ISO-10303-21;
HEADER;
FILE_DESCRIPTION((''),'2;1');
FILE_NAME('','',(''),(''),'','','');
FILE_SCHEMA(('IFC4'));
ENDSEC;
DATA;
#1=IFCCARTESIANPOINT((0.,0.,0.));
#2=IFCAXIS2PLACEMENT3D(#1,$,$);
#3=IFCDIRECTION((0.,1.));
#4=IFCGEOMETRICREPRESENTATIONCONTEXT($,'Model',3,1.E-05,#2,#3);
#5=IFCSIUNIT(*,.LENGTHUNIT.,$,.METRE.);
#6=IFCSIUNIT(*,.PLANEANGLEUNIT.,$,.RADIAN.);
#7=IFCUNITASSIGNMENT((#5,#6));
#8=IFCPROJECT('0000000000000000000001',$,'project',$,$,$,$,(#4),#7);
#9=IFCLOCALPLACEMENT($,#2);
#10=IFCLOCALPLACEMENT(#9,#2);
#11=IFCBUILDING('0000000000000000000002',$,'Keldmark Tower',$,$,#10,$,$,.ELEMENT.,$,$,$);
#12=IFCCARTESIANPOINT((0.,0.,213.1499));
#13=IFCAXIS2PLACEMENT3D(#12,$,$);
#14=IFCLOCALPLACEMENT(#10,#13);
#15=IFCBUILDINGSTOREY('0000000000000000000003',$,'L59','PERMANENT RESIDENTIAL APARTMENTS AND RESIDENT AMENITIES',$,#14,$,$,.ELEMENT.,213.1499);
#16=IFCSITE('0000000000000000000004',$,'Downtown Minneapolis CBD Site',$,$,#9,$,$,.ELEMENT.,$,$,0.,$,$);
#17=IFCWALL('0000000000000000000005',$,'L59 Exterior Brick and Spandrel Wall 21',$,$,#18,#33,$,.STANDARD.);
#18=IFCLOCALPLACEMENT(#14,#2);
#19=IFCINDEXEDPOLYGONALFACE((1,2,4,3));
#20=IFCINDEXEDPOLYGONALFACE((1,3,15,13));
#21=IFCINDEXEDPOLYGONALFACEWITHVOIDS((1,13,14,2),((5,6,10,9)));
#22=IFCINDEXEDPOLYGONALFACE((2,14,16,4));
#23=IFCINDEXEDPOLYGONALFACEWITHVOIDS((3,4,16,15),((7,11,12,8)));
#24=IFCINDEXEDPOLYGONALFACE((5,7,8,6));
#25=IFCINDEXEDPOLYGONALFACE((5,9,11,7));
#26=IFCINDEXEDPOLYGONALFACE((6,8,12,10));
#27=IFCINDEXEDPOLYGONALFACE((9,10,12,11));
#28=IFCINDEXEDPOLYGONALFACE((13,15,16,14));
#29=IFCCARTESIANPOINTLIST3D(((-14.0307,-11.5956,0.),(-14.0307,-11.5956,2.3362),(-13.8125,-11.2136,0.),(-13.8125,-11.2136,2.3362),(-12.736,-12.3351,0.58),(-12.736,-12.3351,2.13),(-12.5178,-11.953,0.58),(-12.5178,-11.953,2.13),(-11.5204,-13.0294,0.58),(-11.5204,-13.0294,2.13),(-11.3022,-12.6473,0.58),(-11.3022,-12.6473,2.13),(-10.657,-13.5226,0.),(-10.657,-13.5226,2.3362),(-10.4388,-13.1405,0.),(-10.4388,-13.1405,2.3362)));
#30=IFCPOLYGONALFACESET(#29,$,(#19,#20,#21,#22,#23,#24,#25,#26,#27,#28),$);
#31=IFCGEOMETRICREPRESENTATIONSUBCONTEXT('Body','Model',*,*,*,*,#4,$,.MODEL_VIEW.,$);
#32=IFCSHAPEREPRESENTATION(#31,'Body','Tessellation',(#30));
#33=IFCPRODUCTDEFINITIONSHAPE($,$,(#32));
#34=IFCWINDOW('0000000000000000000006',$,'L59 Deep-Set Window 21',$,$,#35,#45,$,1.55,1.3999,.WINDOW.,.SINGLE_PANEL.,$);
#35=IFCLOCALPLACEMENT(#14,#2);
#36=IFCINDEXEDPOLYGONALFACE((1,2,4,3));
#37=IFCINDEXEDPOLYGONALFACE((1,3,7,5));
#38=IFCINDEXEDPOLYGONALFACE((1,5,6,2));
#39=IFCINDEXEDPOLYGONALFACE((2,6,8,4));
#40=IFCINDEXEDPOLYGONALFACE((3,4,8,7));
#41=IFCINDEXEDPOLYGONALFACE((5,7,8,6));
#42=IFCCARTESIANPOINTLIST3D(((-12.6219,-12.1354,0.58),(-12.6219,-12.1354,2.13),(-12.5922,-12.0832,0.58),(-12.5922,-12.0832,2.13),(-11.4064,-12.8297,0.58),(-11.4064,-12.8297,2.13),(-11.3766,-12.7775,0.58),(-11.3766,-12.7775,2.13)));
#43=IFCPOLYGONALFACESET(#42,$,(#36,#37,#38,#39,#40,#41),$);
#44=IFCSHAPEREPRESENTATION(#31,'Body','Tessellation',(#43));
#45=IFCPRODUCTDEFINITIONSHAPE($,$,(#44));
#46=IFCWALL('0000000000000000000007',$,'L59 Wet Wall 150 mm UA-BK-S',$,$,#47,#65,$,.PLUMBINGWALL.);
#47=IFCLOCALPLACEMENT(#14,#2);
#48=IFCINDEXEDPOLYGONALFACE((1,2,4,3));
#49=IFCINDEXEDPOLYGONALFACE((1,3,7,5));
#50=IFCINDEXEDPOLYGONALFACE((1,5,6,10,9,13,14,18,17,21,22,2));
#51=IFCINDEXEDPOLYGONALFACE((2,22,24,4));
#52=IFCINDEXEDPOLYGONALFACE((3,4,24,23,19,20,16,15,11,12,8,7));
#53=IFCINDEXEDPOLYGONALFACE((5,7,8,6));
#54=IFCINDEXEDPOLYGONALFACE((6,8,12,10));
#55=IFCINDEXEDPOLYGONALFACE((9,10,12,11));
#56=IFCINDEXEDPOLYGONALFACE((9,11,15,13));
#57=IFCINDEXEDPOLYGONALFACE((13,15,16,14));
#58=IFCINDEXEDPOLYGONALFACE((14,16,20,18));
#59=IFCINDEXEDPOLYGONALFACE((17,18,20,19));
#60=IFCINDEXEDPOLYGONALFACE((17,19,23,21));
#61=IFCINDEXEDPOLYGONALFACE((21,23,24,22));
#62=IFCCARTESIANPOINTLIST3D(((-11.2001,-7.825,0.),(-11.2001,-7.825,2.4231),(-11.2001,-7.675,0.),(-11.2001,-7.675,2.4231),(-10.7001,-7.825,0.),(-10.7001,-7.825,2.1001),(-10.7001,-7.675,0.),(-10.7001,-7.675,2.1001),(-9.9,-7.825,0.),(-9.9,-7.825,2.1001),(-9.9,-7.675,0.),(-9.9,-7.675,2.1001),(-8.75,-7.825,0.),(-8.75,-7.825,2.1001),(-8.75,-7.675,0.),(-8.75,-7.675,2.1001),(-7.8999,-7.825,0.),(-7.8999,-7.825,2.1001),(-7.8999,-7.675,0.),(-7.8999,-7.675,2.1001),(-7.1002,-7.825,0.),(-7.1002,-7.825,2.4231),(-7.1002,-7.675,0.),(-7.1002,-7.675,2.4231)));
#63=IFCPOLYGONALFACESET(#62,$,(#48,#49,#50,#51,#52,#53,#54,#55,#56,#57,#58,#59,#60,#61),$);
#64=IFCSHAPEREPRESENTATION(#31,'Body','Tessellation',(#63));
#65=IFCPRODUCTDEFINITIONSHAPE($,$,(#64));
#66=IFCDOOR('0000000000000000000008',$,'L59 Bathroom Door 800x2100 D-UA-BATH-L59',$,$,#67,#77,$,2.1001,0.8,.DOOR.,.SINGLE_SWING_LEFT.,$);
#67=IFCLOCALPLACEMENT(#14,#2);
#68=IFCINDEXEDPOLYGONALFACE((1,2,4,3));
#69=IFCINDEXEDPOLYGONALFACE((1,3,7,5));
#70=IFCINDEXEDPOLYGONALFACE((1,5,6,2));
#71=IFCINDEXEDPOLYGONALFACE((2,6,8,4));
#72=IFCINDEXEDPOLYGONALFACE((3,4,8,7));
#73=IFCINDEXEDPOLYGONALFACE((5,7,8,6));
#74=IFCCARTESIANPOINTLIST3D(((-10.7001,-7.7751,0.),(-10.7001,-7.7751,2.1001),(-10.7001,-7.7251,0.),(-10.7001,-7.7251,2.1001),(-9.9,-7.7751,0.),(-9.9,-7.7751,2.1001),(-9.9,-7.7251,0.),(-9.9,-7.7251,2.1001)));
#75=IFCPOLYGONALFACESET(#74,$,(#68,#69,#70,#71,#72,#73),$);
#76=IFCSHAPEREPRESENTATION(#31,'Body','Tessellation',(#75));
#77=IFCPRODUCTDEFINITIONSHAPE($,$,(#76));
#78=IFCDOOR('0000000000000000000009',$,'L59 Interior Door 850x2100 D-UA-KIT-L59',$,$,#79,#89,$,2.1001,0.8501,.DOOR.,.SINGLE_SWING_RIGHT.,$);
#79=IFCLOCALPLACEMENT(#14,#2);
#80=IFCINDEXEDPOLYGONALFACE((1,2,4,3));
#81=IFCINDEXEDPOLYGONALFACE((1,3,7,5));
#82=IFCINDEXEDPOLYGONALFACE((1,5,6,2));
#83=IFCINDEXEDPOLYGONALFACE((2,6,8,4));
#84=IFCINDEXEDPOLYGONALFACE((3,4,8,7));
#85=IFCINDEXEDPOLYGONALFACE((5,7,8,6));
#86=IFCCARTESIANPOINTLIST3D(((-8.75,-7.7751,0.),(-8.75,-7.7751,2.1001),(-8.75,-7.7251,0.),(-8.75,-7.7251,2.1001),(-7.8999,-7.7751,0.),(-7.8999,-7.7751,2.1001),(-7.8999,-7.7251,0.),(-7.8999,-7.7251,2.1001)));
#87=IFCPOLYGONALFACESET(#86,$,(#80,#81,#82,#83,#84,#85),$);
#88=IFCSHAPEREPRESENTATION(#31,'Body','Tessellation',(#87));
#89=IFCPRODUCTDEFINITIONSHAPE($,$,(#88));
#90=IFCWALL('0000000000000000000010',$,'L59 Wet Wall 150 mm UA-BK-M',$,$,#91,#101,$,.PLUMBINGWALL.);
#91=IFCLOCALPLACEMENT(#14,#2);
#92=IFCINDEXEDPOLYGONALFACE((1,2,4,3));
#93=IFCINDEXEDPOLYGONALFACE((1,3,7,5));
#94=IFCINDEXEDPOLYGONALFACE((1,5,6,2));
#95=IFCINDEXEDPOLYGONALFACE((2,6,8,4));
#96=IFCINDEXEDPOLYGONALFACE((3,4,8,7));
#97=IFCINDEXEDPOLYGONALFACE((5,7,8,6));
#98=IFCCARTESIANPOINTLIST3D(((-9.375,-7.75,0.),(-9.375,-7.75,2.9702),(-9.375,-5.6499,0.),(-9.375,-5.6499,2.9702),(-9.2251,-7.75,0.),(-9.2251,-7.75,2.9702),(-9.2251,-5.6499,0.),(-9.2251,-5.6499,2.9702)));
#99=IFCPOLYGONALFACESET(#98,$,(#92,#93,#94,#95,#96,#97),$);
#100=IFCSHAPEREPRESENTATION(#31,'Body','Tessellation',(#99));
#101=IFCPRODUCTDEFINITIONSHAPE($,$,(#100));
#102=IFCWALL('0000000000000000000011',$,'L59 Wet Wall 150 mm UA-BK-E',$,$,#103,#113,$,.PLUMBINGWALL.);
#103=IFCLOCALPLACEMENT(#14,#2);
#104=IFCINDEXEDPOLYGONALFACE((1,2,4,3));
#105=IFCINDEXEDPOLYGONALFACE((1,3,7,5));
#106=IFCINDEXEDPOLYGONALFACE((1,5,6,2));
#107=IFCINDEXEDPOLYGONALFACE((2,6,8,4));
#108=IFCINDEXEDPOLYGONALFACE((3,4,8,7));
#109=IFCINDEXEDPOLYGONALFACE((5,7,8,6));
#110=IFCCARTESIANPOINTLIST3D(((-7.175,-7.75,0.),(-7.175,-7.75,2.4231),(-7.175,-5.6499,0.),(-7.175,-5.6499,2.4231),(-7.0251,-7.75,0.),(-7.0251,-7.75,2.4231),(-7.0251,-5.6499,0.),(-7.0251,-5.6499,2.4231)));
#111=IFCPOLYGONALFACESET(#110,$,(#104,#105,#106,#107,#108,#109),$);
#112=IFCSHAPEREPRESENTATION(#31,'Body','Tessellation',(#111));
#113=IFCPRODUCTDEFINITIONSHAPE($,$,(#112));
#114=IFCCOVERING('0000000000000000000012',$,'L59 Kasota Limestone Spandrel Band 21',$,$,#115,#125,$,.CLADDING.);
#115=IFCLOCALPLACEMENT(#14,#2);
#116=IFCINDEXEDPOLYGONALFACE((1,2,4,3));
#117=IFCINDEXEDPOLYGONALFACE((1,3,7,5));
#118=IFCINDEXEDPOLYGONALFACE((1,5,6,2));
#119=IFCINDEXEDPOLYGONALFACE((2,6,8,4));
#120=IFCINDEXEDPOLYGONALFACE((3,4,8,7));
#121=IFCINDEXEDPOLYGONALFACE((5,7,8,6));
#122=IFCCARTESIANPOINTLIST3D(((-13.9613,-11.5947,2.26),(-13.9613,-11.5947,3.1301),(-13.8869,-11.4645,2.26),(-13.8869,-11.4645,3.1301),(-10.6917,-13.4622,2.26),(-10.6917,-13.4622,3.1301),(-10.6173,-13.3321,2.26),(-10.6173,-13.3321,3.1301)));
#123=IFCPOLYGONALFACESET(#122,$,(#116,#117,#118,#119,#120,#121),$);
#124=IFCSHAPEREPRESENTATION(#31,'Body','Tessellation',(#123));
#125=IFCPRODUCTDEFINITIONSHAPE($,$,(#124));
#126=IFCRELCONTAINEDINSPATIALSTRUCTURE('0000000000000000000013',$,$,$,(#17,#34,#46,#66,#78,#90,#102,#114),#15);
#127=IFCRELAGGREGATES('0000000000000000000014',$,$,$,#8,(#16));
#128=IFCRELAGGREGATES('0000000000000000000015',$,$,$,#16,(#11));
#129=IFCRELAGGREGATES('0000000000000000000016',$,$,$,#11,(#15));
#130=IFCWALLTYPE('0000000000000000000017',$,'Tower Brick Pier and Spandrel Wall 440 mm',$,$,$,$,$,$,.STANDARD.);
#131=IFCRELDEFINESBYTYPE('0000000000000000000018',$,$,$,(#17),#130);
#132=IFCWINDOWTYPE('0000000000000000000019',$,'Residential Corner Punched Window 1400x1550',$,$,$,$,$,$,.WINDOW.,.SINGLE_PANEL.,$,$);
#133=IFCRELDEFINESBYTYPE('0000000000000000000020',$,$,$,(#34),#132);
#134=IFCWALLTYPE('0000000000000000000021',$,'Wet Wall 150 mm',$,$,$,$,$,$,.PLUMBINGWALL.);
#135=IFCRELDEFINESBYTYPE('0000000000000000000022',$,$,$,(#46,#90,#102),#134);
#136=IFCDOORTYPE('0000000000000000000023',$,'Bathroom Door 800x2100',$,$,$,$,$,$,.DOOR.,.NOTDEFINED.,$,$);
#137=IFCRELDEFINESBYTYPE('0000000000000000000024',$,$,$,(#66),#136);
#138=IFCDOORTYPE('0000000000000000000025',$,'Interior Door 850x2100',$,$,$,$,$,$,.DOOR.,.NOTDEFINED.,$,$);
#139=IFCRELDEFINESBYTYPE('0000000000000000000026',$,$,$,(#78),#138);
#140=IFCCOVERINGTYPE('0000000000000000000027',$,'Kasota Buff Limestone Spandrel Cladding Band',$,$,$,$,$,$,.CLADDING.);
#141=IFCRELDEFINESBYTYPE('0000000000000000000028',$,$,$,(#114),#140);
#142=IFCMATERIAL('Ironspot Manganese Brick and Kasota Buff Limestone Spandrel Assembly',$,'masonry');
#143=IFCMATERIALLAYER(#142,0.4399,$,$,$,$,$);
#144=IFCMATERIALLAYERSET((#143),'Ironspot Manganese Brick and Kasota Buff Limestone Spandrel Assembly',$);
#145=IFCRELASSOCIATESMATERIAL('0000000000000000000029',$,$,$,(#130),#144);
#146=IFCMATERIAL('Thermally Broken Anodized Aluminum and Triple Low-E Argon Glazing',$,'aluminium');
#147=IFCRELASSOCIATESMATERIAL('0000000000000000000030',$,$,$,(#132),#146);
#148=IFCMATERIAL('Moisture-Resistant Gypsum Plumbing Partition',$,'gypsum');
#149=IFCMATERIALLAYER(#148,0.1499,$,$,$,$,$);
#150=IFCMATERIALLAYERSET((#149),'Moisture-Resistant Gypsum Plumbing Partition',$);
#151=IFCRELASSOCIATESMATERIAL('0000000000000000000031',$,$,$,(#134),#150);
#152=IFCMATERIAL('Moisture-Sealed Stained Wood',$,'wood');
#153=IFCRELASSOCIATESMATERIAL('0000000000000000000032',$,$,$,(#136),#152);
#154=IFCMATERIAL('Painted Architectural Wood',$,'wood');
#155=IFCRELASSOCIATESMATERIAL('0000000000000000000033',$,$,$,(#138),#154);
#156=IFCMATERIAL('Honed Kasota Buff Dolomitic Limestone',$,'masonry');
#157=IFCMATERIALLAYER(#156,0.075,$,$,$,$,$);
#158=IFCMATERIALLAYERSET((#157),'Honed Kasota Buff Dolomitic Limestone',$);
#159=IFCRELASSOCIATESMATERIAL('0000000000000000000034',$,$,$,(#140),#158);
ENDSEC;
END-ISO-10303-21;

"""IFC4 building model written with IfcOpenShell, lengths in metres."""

from ifc_helpers import new_model, si_unit, direction, frame, frame_2d, origin, origin_2d, place, context, subcontext, project, spatial, rectangle, extrude, material, layer, layer_set, type_object, element, fill, save


model = new_model("IFC4")

# Units and contexts
model_context = context("Model", 3, precision=1e-05, world=origin(), true_north=direction((0.0, 1.0)))
body_context = subcontext(model_context, "Body", "Model", "MODEL_VIEW")
ifc_project = project(units=[si_unit("LENGTHUNIT", "METRE"), si_unit("PLANEANGLEUNIT", "RADIAN")], contexts=[model_context])

# Site, building, storey
site_placement = place(None, origin())
site = spatial("IfcSite", under=ifc_project, at=site_placement, Name="Downtown Minneapolis CBD Site", CompositionType="ELEMENT", RefElevation=0.0)
building_placement = place(site_placement, origin())
building = spatial("IfcBuilding", under=site, at=building_placement, Name="Keldmark Tower", CompositionType="ELEMENT")
storey_placement = place(building_placement, frame((0.0, 0.0, 213.1499)))
storey = spatial("IfcBuildingStorey", under=building, at=storey_placement, Name="L59", Description="PERMANENT RESIDENTIAL APARTMENTS AND RESIDENT AMENITIES", CompositionType="ELEMENT", Elevation=213.1499)

# Wall, opening, window
ifc_material_1 = material(Name="Ironspot Manganese Brick and Kasota Buff Limestone Spandrel Assembly", Category="masonry")
ifc_layer_1 = layer(ifc_material_1, 0.4399)
ifc_layer_set_1 = layer_set([ifc_layer_1], Name="Ironspot Manganese Brick and Kasota Buff Limestone Spandrel Assembly")
wall_type_1 = type_object("IfcWallType", Name="Tower Brick Pier and Spandrel Wall 440 mm", PredefinedType="STANDARD", material=ifc_layer_set_1)
wall_1_placement = place(storey_placement, frame((-10.5479, -13.3315, 0.0), z_axis=(0.0, 0.0, 1.0), x_axis=(-0.86834, 0.49597, 0.0)))
wall_1 = element("IfcWall", 1, at=wall_1_placement, inside=storey, type_object=wall_type_1, Name="L59 Exterior Brick and Spandrel Wall 21", PredefinedType="STANDARD", context=body_context, shape_type="SweptSolid", body=[
    extrude(rectangle(XDim=3.8853, YDim=0.4399, at=frame_2d((1.9426, 0.0))), origin(), (0.0, 0.0, 1.0), 2.3362),
])
opening_1_placement = place(wall_1_placement, frame((0.9944, 0.0, 0.5801)))
opening_1 = element("IfcOpeningElement", 2, at=opening_1_placement, cuts=wall_1, PredefinedType="OPENING", context=body_context, shape_type="SweptSolid", body=[
    extrude(rectangle(XDim=1.3999, YDim=1.55, at=frame_2d((0.7, 0.7749))), frame((0.0, 0.23, 0.0), z_axis=(0.0, -1.0, 0.0), x_axis=(1.0, 0.0, 0.0)), (0.0, 0.0, 1.0), 0.46),
])
ifc_material_2 = material(Name="Thermally Broken Anodized Aluminum and Triple Low-E Argon Glazing", Category="aluminium")
window_type = type_object("IfcWindowType", Name="Residential Corner Punched Window 1400x1550", PartitioningType="SINGLE_PANEL", PredefinedType="WINDOW", material=ifc_material_2)
window_placement = place(opening_1_placement, origin())
window = element("IfcWindow", 3, at=window_placement, inside=storey, type_object=window_type, Name="L59 Deep-Set Window 21", OverallHeight=1.55, OverallWidth=1.3999, PartitioningType="SINGLE_PANEL", PredefinedType="WINDOW", context=body_context, shape_type="SweptSolid", body=[
    extrude(rectangle(XDim=1.3999, YDim=1.55, at=frame_2d((0.7, 0.7749))), frame((0.0, -0.01, 0.0), z_axis=(0.0, -1.0, 0.0), x_axis=(1.0, 0.0, 0.0)), (0.0, 0.0, 1.0), 0.0601),
])
fill(opening_1, window)

# Wall, openings, doors
ifc_material_3 = material(Name="Moisture-Resistant Gypsum Plumbing Partition", Category="gypsum")
ifc_layer_2 = layer(ifc_material_3, 0.1499)
ifc_layer_set_2 = layer_set([ifc_layer_2], Name="Moisture-Resistant Gypsum Plumbing Partition")
wall_type_2 = type_object("IfcWallType", Name="Wet Wall 150 mm", PredefinedType="PLUMBINGWALL", material=ifc_layer_set_2)
wall_2_placement = place(storey_placement, frame((-11.2, -7.75, 0.0), z_axis=(0.0, 0.0, 1.0), x_axis=(1.0, 0.0, 0.0)))
wall_2 = element("IfcWall", 4, at=wall_2_placement, inside=storey, type_object=wall_type_2, Name="L59 Wet Wall 150 mm UA-BK-S", PredefinedType="PLUMBINGWALL", context=body_context, shape_type="SweptSolid", body=[
    extrude(rectangle(XDim=4.0999, YDim=0.1499, at=frame_2d((2.0498, 0.0))), origin(), (0.0, 0.0, 1.0), 2.4231),
])
opening_2_placement = place(wall_2_placement, frame((0.5, 0.0, 0.0)))
opening_2 = element("IfcOpeningElement", 5, at=opening_2_placement, cuts=wall_2, PredefinedType="OPENING", context=body_context, shape_type="SweptSolid", body=[
    extrude(rectangle(XDim=0.8, YDim=2.1001, at=frame_2d((0.3999, 1.05))), frame((0.0, 0.085, 0.0), z_axis=(0.0, -1.0, 0.0), x_axis=(1.0, 0.0, 0.0)), (0.0, 0.0, 1.0), 0.1699),
])
opening_3_placement = place(wall_2_placement, frame((2.45, 0.0, 0.0)))
opening_3 = element("IfcOpeningElement", 6, at=opening_3_placement, cuts=wall_2, PredefinedType="OPENING", context=body_context, shape_type="SweptSolid", body=[
    extrude(rectangle(XDim=0.8501, YDim=2.1001, at=frame_2d((0.425, 1.05))), frame((0.0, 0.085, 0.0), z_axis=(0.0, -1.0, 0.0), x_axis=(1.0, 0.0, 0.0)), (0.0, 0.0, 1.0), 0.1699),
])
ifc_material_4 = material(Name="Moisture-Sealed Stained Wood", Category="wood")
door_type_1 = type_object("IfcDoorType", Name="Bathroom Door 800x2100", OperationType="NOTDEFINED", PredefinedType="DOOR", material=ifc_material_4)
door_1_placement = place(opening_2_placement, origin())
door_1 = element("IfcDoor", 7, at=door_1_placement, inside=storey, type_object=door_type_1, Name="L59 Bathroom Door 800x2100 D-UA-BATH-L59", OperationType="SINGLE_SWING_LEFT", OverallHeight=2.1001, OverallWidth=0.8, PredefinedType="DOOR", context=body_context, shape_type="SweptSolid", body=[
    extrude(rectangle(XDim=0.8, YDim=2.1001, at=frame_2d((0.3999, 1.05))), frame((0.0, 0.0249, 0.0), z_axis=(0.0, -1.0, 0.0), x_axis=(1.0, 0.0, 0.0)), (0.0, 0.0, 1.0), 0.05),
])
fill(opening_2, door_1)
ifc_material_5 = material(Name="Painted Architectural Wood", Category="wood")
door_type_2 = type_object("IfcDoorType", Name="Interior Door 850x2100", OperationType="NOTDEFINED", PredefinedType="DOOR", material=ifc_material_5)
door_2_placement = place(opening_3_placement, origin())
door_2 = element("IfcDoor", 8, at=door_2_placement, inside=storey, type_object=door_type_2, Name="L59 Interior Door 850x2100 D-UA-KIT-L59", OperationType="SINGLE_SWING_RIGHT", OverallHeight=2.1001, OverallWidth=0.8501, PredefinedType="DOOR", context=body_context, shape_type="SweptSolid", body=[
    extrude(rectangle(XDim=0.8501, YDim=2.1001, at=frame_2d((0.425, 1.05))), frame((0.0, 0.0249, 0.0), z_axis=(0.0, -1.0, 0.0), x_axis=(1.0, 0.0, 0.0)), (0.0, 0.0, 1.0), 0.05),
])
fill(opening_3, door_2)

# Walls
wall_3_placement = place(storey_placement, frame((-9.3, -7.75, 0.0), z_axis=(0.0, 0.0, 1.0), x_axis=(0.0, 1.0, 0.0)))
element("IfcWall", 9, at=wall_3_placement, inside=storey, type_object=wall_type_2, Name="L59 Wet Wall 150 mm UA-BK-M", PredefinedType="PLUMBINGWALL", context=body_context, shape_type="SweptSolid", body=[
    extrude(rectangle(XDim=2.1001, YDim=0.1499, at=frame_2d((1.05, 0.0))), origin(), (0.0, 0.0, 1.0), 2.9702),
])
wall_4_placement = place(storey_placement, frame((-7.1001, -7.75, 0.0), z_axis=(0.0, 0.0, 1.0), x_axis=(0.0, 1.0, 0.0)))
element("IfcWall", 10, at=wall_4_placement, inside=storey, type_object=wall_type_2, Name="L59 Wet Wall 150 mm UA-BK-E", PredefinedType="PLUMBINGWALL", context=body_context, shape_type="SweptSolid", body=[
    extrude(rectangle(XDim=2.1001, YDim=0.1499, at=frame_2d((1.05, 0.0))), origin(), (0.0, 0.0, 1.0), 2.4231),
])

# Covering
ifc_material_6 = material(Name="Honed Kasota Buff Dolomitic Limestone", Category="masonry")
ifc_layer_3 = layer(ifc_material_6, 0.075)
ifc_layer_set_3 = layer_set([ifc_layer_3], Name="Honed Kasota Buff Dolomitic Limestone")
covering_type = type_object("IfcCoveringType", Name="Kasota Buff Limestone Spandrel Cladding Band", PredefinedType="CLADDING", material=ifc_layer_set_3)
covering_placement = place(storey_placement, frame((-12.2893, -12.4634, 2.26), z_axis=(0.0, 0.0, 1.0), x_axis=(0.868337, -0.495974, 0.0)))
element("IfcCovering", 11, at=covering_placement, inside=storey, type_object=covering_type, Name="L59 Kasota Limestone Spandrel Band 21", PredefinedType="CLADDING", context=body_context, shape_type="SweptSolid", body=[
    extrude(rectangle(XDim=3.7654, YDim=0.1499, at=origin_2d()), origin(), (0.0, 0.0, 1.0), 0.8701),
])

save(model, "model.ifc")
